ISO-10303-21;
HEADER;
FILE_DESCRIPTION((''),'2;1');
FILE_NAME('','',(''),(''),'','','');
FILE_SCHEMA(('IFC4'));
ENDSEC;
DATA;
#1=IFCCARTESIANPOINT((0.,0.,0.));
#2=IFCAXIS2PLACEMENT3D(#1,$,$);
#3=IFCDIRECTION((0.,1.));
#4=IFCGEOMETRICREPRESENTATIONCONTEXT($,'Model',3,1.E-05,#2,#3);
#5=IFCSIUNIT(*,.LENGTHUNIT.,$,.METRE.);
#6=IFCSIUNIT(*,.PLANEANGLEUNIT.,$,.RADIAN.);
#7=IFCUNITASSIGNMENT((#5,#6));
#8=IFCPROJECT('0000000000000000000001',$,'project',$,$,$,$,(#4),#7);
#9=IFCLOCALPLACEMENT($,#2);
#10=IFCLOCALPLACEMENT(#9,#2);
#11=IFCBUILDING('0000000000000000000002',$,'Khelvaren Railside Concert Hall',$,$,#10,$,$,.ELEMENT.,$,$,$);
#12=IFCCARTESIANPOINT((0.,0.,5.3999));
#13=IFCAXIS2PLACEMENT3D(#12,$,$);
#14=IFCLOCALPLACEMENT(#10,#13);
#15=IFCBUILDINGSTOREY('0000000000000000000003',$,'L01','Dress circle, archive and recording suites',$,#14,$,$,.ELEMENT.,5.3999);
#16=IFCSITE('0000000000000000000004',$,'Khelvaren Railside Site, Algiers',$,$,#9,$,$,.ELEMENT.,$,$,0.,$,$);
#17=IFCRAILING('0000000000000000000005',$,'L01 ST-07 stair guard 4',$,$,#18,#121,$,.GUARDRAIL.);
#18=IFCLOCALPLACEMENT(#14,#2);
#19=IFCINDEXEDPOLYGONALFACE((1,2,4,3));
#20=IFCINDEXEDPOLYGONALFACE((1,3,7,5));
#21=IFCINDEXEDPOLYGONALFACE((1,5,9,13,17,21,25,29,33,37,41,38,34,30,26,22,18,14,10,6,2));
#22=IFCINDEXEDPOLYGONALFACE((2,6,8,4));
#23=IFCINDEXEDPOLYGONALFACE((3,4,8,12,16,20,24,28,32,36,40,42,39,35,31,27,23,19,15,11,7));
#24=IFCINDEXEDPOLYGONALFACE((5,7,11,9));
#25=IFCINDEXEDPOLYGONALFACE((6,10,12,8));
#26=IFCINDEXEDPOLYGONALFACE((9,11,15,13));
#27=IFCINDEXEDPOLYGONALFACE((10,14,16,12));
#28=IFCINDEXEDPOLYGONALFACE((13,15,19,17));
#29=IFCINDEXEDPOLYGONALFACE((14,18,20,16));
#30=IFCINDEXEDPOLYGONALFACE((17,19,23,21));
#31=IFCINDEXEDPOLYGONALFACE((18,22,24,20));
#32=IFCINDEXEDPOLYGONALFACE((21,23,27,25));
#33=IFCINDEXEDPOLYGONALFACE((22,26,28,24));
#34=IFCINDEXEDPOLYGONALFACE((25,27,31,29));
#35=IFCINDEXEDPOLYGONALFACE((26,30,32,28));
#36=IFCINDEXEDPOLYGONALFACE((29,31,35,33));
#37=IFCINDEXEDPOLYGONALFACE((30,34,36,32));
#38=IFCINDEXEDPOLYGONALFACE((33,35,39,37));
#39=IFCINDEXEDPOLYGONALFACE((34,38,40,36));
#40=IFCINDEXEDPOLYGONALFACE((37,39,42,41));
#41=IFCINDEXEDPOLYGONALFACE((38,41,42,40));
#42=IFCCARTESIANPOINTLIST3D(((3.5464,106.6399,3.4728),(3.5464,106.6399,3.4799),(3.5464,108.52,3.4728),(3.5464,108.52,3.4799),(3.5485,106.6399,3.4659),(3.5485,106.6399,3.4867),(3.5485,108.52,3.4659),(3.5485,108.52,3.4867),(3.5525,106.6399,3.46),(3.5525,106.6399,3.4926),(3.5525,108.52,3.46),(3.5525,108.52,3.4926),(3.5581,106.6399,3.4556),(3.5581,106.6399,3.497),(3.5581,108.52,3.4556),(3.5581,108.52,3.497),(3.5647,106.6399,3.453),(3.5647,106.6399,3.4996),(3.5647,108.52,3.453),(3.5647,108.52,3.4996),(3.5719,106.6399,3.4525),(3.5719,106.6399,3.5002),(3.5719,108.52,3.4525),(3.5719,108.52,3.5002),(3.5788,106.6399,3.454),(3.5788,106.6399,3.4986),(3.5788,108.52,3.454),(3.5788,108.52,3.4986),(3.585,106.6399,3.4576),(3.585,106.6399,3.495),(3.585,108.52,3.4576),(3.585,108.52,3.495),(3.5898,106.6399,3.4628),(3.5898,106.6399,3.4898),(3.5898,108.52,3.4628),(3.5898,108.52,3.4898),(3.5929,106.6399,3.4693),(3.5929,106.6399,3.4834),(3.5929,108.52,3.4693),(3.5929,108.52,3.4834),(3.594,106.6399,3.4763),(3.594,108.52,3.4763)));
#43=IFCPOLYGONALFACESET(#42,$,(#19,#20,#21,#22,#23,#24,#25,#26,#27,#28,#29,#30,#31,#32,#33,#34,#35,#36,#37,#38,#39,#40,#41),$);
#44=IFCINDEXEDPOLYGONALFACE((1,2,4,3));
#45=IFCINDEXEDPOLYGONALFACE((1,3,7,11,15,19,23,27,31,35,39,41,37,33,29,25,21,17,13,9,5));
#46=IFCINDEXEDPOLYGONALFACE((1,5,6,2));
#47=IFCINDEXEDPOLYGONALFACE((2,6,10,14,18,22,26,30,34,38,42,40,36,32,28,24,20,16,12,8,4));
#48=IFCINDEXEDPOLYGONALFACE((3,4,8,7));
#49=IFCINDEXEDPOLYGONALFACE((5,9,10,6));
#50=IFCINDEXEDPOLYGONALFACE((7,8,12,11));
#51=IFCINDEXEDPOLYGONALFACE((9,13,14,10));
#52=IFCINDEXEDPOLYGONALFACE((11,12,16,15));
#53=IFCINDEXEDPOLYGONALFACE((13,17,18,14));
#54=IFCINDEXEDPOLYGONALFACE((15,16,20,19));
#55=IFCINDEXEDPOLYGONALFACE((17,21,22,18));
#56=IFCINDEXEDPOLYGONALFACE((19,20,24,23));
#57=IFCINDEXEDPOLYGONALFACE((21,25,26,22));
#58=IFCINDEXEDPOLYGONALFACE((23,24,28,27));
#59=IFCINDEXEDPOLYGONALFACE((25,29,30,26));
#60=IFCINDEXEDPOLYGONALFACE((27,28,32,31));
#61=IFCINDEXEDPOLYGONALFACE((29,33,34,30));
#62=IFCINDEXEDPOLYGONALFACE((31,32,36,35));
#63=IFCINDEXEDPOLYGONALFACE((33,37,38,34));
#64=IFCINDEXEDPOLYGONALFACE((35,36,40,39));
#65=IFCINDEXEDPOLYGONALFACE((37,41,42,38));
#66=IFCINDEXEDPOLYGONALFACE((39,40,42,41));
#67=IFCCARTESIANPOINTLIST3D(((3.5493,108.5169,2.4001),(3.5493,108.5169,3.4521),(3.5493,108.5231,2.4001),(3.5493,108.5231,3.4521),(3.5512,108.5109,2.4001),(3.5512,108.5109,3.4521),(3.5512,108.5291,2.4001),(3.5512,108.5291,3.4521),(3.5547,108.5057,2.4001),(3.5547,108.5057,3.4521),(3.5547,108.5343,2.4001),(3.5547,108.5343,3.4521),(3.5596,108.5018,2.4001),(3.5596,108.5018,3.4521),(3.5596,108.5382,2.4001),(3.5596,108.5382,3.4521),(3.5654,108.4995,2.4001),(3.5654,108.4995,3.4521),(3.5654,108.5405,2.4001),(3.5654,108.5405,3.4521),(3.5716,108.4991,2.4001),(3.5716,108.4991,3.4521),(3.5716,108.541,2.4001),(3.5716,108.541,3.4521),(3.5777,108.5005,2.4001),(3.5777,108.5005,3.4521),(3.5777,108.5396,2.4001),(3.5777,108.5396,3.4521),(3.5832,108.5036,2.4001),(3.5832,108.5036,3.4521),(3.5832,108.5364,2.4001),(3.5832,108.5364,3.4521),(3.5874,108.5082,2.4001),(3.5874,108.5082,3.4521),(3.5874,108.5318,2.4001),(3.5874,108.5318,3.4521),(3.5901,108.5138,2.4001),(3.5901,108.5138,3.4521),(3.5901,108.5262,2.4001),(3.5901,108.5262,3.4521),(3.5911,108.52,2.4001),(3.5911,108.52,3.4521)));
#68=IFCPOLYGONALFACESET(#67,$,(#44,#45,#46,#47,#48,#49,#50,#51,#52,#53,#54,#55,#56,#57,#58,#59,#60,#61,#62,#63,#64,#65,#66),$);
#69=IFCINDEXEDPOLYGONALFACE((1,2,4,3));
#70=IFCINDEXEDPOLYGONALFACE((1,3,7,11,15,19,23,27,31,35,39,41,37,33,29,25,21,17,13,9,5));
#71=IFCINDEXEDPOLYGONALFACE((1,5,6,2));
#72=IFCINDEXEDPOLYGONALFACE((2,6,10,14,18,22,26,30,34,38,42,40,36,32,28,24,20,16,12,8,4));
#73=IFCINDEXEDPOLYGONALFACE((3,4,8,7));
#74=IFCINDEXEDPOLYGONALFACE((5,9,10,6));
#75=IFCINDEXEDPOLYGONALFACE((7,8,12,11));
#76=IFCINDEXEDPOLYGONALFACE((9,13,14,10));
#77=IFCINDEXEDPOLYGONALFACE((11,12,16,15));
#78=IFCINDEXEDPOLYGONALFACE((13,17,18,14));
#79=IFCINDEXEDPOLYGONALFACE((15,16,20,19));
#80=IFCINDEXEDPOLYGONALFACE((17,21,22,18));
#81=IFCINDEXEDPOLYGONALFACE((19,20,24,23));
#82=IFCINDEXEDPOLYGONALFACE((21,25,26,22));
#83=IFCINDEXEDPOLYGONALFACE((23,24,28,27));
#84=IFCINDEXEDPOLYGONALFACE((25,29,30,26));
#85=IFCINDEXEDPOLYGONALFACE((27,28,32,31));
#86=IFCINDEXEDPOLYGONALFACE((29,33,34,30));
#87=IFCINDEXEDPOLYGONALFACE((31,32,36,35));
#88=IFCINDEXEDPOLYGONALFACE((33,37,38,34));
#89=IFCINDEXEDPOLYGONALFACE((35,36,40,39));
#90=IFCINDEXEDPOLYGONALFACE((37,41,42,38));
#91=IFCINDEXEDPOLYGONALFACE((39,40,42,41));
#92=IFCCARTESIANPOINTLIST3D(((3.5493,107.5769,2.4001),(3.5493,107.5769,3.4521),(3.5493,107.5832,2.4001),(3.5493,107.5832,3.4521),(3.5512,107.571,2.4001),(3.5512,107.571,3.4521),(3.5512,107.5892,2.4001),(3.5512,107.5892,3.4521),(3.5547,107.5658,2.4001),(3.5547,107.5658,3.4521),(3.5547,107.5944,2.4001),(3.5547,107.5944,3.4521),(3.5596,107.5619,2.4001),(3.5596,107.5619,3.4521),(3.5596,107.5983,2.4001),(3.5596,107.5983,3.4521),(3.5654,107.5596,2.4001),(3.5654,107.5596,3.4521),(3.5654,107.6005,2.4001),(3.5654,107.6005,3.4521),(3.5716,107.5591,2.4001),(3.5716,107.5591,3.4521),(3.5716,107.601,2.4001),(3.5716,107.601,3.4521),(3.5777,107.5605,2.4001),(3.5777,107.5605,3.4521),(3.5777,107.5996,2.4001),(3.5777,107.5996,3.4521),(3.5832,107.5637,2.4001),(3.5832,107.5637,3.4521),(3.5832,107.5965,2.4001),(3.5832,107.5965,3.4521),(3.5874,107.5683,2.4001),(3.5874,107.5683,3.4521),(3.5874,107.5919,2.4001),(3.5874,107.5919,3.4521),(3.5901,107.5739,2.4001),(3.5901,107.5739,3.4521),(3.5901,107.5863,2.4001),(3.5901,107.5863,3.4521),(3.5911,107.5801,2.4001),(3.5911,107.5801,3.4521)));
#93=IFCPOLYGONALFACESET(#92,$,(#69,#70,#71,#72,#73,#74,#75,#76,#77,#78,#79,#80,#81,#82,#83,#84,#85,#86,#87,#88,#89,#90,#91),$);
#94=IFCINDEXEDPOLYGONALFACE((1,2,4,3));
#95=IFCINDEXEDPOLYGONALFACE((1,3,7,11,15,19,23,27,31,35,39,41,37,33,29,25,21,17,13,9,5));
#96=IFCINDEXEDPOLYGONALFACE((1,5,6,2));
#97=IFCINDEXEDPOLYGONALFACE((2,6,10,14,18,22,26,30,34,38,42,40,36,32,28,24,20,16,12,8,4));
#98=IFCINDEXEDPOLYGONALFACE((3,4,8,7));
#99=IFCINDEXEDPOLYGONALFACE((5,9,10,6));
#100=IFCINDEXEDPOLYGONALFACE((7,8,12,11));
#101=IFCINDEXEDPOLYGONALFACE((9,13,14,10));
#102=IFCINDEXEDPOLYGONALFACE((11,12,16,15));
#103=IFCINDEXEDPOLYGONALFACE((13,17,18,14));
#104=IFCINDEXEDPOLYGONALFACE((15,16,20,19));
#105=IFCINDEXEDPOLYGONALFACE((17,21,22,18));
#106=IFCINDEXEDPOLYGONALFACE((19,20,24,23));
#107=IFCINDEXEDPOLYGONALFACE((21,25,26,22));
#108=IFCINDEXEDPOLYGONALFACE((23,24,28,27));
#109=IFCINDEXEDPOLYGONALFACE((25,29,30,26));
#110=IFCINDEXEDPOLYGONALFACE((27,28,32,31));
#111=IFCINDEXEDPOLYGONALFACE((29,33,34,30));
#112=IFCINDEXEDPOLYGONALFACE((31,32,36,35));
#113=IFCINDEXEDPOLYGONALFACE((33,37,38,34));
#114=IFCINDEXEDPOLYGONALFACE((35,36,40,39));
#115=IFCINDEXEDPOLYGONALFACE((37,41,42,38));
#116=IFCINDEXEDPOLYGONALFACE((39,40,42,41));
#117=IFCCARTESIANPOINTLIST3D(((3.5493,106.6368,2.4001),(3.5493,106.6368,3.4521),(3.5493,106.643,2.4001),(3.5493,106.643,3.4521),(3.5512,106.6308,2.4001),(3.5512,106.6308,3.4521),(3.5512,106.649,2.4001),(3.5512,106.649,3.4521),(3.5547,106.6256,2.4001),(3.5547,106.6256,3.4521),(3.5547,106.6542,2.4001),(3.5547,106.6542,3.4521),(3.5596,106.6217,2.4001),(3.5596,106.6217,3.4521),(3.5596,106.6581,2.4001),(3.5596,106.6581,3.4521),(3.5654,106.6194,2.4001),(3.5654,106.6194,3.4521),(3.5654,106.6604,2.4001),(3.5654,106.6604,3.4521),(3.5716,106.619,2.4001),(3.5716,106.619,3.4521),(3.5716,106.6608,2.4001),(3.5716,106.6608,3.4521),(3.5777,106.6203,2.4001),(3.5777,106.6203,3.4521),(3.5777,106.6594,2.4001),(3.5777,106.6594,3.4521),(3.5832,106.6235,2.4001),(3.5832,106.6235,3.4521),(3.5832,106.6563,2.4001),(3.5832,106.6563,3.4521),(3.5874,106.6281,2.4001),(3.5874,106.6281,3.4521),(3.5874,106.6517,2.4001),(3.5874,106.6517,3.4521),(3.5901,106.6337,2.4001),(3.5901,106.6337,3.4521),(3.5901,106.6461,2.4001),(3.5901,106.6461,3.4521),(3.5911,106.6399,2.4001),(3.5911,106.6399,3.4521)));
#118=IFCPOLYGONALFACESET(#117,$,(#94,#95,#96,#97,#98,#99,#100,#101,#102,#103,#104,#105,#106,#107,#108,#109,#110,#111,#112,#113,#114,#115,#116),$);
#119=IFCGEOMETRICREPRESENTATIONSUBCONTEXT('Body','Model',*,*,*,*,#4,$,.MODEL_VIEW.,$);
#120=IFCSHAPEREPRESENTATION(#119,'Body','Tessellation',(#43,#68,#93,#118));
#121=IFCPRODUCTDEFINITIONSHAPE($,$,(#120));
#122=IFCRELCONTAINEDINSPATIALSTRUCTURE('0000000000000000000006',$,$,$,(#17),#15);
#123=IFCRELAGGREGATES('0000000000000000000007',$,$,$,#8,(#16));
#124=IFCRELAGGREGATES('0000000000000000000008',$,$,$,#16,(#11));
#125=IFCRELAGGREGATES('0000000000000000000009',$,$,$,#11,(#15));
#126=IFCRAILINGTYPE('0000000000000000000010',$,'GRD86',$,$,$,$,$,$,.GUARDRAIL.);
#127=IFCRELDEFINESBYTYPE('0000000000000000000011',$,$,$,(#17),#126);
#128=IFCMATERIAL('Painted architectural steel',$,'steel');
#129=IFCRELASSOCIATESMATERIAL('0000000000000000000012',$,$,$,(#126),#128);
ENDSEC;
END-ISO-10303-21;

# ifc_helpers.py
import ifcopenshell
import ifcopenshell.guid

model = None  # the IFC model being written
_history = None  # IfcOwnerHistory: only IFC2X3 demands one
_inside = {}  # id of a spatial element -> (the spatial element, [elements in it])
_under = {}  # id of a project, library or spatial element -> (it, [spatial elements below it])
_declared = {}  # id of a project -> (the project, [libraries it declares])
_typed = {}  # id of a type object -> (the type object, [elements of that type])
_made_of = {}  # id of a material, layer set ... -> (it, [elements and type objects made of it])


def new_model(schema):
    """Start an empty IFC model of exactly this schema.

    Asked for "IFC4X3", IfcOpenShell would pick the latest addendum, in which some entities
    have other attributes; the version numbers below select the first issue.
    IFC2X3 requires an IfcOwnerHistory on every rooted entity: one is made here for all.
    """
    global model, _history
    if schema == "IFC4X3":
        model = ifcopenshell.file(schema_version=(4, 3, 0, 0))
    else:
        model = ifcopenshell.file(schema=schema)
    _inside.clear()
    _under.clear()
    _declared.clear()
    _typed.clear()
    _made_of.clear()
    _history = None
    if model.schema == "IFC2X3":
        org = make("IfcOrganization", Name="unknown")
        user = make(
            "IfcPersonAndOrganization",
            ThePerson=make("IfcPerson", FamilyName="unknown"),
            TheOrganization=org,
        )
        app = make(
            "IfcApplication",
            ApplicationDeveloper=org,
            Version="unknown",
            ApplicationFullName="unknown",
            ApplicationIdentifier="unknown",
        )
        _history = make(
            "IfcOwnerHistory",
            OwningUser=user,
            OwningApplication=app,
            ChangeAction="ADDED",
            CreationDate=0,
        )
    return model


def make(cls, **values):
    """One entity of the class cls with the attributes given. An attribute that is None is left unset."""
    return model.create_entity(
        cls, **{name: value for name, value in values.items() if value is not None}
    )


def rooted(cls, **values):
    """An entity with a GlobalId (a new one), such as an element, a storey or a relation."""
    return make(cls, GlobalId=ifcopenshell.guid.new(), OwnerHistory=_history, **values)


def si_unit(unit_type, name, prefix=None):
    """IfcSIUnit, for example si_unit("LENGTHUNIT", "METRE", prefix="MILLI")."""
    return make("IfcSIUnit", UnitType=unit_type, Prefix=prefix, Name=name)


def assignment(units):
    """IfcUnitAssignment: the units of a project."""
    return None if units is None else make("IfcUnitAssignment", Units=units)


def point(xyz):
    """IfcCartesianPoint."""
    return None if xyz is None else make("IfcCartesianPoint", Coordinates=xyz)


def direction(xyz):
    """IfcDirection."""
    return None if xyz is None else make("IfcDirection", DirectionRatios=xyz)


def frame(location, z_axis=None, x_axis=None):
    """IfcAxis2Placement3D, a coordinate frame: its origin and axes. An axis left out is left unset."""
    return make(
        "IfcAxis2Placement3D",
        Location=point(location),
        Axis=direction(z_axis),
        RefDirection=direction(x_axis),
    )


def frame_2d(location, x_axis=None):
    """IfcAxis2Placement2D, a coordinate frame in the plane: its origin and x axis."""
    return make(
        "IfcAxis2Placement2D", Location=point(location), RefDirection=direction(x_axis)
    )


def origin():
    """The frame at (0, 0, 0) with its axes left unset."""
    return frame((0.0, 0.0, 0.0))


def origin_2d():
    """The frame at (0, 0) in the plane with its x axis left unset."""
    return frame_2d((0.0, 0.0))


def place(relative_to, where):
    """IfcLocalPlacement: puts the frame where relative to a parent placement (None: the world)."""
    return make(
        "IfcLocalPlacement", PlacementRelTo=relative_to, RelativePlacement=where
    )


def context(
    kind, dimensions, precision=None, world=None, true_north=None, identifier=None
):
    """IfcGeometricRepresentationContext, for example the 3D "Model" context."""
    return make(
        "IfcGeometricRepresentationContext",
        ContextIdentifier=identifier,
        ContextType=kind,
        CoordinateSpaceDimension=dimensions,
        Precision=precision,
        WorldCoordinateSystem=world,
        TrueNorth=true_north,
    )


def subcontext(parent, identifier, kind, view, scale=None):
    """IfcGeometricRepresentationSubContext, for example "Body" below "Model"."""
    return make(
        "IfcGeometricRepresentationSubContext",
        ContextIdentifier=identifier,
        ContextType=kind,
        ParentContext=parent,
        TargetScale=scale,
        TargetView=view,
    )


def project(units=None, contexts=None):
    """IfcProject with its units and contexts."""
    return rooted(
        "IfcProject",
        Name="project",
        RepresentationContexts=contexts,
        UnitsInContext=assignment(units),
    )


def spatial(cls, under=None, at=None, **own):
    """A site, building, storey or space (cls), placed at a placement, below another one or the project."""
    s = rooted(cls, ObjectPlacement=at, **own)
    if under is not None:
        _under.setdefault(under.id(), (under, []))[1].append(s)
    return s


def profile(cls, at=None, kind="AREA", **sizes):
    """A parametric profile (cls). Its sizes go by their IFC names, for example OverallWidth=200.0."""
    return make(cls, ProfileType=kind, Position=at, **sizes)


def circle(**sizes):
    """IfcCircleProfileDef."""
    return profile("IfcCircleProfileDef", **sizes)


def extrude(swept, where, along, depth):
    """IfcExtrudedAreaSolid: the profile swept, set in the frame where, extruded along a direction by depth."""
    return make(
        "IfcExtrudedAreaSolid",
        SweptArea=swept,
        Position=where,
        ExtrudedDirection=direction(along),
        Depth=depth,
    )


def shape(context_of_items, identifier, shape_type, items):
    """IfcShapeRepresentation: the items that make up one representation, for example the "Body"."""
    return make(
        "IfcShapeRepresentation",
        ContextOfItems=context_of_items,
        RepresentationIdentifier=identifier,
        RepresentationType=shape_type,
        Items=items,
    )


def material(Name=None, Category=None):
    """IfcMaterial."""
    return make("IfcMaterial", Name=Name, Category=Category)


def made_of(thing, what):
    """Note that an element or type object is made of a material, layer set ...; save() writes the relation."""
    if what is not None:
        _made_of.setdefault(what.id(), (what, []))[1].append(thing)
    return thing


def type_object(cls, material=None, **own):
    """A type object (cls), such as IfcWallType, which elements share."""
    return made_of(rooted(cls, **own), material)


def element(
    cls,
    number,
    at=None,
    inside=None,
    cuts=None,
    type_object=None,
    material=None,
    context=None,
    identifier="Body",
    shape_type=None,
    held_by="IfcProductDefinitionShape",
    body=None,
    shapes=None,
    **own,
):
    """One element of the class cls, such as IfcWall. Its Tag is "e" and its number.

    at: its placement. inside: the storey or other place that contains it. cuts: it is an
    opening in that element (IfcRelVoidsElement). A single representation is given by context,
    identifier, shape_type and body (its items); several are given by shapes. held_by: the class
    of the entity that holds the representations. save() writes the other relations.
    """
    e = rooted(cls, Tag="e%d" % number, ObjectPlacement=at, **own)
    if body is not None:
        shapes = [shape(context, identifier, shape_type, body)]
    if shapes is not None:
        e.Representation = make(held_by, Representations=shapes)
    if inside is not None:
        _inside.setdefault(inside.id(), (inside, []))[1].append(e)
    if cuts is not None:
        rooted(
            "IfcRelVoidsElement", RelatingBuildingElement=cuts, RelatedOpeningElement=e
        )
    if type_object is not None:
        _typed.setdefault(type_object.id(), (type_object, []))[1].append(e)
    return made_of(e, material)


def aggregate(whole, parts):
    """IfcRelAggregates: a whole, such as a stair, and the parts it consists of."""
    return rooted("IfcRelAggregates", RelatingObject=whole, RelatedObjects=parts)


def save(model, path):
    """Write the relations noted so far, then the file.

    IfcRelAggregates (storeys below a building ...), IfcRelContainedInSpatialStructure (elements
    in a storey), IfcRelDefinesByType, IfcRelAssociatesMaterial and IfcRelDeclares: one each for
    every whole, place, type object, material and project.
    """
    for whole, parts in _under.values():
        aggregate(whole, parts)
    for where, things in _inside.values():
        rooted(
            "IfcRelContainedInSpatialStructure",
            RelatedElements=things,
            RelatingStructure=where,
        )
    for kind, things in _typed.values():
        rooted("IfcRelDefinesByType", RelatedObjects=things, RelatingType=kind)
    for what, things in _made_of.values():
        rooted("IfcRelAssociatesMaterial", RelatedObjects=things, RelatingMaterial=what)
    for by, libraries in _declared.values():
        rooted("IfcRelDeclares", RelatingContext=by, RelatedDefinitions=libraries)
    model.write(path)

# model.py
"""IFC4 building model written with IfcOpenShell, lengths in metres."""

from ifc_helpers import new_model, si_unit, direction, frame, origin, origin_2d, place, context, subcontext, project, spatial, circle, extrude, material, type_object, element, save


model = new_model("IFC4")

# Units and contexts
model_context = context("Model", 3, precision=1e-05, world=origin(), true_north=direction((0.0, 1.0)))
body_context = subcontext(model_context, "Body", "Model", "MODEL_VIEW")
ifc_project = project(units=[si_unit("LENGTHUNIT", "METRE"), si_unit("PLANEANGLEUNIT", "RADIAN")], contexts=[model_context])

# Site, building, storey
site_placement = place(None, origin())
site = spatial("IfcSite", under=ifc_project, at=site_placement, Name="Khelvaren Railside Site, Algiers", CompositionType="ELEMENT", RefElevation=0.0)
building_placement = place(site_placement, origin())
building = spatial("IfcBuilding", under=site, at=building_placement, Name="Khelvaren Railside Concert Hall", CompositionType="ELEMENT")
storey_placement = place(building_placement, frame((0.0, 0.0, 5.3999)))
storey = spatial("IfcBuildingStorey", under=building, at=storey_placement, Name="L01", Description="Dress circle, archive and recording suites", CompositionType="ELEMENT", Elevation=5.3999)

# Railing
ifc_material_1 = material(Name="Painted architectural steel", Category="steel")
railing_type_1 = type_object("IfcRailingType", Name="GRD86", PredefinedType="GUARDRAIL", material=ifc_material_1)
railing_1_placement = place(storey_placement, frame((3.5701, 108.52, 2.4001)))
element("IfcRailing", 1, at=railing_1_placement, inside=storey, type_object=railing_type_1, Name="L01 ST-07 stair guard 4", PredefinedType="GUARDRAIL", context=body_context, shape_type="SweptSolid", body=[
    extrude(circle(Radius=0.0239, at=origin_2d()), frame((0.0, 0.0, 1.0762), z_axis=(0.0, -1.0, 0.0), x_axis=(1.0, 0.0, 0.0)), (0.0, 0.0, 1.0), 1.8801),
    extrude(circle(Radius=0.021, at=origin_2d()), origin(), (0.0, 0.0, 1.0), 1.052),
    extrude(circle(Radius=0.021, at=origin_2d()), frame((0.0, -0.9399, 0.0)), (0.0, 0.0, 1.0), 1.052),
    extrude(circle(Radius=0.021, at=origin_2d()), frame((0.0, -1.8801, 0.0)), (0.0, 0.0, 1.0), 1.052),
])

save(model, "model.ifc")
